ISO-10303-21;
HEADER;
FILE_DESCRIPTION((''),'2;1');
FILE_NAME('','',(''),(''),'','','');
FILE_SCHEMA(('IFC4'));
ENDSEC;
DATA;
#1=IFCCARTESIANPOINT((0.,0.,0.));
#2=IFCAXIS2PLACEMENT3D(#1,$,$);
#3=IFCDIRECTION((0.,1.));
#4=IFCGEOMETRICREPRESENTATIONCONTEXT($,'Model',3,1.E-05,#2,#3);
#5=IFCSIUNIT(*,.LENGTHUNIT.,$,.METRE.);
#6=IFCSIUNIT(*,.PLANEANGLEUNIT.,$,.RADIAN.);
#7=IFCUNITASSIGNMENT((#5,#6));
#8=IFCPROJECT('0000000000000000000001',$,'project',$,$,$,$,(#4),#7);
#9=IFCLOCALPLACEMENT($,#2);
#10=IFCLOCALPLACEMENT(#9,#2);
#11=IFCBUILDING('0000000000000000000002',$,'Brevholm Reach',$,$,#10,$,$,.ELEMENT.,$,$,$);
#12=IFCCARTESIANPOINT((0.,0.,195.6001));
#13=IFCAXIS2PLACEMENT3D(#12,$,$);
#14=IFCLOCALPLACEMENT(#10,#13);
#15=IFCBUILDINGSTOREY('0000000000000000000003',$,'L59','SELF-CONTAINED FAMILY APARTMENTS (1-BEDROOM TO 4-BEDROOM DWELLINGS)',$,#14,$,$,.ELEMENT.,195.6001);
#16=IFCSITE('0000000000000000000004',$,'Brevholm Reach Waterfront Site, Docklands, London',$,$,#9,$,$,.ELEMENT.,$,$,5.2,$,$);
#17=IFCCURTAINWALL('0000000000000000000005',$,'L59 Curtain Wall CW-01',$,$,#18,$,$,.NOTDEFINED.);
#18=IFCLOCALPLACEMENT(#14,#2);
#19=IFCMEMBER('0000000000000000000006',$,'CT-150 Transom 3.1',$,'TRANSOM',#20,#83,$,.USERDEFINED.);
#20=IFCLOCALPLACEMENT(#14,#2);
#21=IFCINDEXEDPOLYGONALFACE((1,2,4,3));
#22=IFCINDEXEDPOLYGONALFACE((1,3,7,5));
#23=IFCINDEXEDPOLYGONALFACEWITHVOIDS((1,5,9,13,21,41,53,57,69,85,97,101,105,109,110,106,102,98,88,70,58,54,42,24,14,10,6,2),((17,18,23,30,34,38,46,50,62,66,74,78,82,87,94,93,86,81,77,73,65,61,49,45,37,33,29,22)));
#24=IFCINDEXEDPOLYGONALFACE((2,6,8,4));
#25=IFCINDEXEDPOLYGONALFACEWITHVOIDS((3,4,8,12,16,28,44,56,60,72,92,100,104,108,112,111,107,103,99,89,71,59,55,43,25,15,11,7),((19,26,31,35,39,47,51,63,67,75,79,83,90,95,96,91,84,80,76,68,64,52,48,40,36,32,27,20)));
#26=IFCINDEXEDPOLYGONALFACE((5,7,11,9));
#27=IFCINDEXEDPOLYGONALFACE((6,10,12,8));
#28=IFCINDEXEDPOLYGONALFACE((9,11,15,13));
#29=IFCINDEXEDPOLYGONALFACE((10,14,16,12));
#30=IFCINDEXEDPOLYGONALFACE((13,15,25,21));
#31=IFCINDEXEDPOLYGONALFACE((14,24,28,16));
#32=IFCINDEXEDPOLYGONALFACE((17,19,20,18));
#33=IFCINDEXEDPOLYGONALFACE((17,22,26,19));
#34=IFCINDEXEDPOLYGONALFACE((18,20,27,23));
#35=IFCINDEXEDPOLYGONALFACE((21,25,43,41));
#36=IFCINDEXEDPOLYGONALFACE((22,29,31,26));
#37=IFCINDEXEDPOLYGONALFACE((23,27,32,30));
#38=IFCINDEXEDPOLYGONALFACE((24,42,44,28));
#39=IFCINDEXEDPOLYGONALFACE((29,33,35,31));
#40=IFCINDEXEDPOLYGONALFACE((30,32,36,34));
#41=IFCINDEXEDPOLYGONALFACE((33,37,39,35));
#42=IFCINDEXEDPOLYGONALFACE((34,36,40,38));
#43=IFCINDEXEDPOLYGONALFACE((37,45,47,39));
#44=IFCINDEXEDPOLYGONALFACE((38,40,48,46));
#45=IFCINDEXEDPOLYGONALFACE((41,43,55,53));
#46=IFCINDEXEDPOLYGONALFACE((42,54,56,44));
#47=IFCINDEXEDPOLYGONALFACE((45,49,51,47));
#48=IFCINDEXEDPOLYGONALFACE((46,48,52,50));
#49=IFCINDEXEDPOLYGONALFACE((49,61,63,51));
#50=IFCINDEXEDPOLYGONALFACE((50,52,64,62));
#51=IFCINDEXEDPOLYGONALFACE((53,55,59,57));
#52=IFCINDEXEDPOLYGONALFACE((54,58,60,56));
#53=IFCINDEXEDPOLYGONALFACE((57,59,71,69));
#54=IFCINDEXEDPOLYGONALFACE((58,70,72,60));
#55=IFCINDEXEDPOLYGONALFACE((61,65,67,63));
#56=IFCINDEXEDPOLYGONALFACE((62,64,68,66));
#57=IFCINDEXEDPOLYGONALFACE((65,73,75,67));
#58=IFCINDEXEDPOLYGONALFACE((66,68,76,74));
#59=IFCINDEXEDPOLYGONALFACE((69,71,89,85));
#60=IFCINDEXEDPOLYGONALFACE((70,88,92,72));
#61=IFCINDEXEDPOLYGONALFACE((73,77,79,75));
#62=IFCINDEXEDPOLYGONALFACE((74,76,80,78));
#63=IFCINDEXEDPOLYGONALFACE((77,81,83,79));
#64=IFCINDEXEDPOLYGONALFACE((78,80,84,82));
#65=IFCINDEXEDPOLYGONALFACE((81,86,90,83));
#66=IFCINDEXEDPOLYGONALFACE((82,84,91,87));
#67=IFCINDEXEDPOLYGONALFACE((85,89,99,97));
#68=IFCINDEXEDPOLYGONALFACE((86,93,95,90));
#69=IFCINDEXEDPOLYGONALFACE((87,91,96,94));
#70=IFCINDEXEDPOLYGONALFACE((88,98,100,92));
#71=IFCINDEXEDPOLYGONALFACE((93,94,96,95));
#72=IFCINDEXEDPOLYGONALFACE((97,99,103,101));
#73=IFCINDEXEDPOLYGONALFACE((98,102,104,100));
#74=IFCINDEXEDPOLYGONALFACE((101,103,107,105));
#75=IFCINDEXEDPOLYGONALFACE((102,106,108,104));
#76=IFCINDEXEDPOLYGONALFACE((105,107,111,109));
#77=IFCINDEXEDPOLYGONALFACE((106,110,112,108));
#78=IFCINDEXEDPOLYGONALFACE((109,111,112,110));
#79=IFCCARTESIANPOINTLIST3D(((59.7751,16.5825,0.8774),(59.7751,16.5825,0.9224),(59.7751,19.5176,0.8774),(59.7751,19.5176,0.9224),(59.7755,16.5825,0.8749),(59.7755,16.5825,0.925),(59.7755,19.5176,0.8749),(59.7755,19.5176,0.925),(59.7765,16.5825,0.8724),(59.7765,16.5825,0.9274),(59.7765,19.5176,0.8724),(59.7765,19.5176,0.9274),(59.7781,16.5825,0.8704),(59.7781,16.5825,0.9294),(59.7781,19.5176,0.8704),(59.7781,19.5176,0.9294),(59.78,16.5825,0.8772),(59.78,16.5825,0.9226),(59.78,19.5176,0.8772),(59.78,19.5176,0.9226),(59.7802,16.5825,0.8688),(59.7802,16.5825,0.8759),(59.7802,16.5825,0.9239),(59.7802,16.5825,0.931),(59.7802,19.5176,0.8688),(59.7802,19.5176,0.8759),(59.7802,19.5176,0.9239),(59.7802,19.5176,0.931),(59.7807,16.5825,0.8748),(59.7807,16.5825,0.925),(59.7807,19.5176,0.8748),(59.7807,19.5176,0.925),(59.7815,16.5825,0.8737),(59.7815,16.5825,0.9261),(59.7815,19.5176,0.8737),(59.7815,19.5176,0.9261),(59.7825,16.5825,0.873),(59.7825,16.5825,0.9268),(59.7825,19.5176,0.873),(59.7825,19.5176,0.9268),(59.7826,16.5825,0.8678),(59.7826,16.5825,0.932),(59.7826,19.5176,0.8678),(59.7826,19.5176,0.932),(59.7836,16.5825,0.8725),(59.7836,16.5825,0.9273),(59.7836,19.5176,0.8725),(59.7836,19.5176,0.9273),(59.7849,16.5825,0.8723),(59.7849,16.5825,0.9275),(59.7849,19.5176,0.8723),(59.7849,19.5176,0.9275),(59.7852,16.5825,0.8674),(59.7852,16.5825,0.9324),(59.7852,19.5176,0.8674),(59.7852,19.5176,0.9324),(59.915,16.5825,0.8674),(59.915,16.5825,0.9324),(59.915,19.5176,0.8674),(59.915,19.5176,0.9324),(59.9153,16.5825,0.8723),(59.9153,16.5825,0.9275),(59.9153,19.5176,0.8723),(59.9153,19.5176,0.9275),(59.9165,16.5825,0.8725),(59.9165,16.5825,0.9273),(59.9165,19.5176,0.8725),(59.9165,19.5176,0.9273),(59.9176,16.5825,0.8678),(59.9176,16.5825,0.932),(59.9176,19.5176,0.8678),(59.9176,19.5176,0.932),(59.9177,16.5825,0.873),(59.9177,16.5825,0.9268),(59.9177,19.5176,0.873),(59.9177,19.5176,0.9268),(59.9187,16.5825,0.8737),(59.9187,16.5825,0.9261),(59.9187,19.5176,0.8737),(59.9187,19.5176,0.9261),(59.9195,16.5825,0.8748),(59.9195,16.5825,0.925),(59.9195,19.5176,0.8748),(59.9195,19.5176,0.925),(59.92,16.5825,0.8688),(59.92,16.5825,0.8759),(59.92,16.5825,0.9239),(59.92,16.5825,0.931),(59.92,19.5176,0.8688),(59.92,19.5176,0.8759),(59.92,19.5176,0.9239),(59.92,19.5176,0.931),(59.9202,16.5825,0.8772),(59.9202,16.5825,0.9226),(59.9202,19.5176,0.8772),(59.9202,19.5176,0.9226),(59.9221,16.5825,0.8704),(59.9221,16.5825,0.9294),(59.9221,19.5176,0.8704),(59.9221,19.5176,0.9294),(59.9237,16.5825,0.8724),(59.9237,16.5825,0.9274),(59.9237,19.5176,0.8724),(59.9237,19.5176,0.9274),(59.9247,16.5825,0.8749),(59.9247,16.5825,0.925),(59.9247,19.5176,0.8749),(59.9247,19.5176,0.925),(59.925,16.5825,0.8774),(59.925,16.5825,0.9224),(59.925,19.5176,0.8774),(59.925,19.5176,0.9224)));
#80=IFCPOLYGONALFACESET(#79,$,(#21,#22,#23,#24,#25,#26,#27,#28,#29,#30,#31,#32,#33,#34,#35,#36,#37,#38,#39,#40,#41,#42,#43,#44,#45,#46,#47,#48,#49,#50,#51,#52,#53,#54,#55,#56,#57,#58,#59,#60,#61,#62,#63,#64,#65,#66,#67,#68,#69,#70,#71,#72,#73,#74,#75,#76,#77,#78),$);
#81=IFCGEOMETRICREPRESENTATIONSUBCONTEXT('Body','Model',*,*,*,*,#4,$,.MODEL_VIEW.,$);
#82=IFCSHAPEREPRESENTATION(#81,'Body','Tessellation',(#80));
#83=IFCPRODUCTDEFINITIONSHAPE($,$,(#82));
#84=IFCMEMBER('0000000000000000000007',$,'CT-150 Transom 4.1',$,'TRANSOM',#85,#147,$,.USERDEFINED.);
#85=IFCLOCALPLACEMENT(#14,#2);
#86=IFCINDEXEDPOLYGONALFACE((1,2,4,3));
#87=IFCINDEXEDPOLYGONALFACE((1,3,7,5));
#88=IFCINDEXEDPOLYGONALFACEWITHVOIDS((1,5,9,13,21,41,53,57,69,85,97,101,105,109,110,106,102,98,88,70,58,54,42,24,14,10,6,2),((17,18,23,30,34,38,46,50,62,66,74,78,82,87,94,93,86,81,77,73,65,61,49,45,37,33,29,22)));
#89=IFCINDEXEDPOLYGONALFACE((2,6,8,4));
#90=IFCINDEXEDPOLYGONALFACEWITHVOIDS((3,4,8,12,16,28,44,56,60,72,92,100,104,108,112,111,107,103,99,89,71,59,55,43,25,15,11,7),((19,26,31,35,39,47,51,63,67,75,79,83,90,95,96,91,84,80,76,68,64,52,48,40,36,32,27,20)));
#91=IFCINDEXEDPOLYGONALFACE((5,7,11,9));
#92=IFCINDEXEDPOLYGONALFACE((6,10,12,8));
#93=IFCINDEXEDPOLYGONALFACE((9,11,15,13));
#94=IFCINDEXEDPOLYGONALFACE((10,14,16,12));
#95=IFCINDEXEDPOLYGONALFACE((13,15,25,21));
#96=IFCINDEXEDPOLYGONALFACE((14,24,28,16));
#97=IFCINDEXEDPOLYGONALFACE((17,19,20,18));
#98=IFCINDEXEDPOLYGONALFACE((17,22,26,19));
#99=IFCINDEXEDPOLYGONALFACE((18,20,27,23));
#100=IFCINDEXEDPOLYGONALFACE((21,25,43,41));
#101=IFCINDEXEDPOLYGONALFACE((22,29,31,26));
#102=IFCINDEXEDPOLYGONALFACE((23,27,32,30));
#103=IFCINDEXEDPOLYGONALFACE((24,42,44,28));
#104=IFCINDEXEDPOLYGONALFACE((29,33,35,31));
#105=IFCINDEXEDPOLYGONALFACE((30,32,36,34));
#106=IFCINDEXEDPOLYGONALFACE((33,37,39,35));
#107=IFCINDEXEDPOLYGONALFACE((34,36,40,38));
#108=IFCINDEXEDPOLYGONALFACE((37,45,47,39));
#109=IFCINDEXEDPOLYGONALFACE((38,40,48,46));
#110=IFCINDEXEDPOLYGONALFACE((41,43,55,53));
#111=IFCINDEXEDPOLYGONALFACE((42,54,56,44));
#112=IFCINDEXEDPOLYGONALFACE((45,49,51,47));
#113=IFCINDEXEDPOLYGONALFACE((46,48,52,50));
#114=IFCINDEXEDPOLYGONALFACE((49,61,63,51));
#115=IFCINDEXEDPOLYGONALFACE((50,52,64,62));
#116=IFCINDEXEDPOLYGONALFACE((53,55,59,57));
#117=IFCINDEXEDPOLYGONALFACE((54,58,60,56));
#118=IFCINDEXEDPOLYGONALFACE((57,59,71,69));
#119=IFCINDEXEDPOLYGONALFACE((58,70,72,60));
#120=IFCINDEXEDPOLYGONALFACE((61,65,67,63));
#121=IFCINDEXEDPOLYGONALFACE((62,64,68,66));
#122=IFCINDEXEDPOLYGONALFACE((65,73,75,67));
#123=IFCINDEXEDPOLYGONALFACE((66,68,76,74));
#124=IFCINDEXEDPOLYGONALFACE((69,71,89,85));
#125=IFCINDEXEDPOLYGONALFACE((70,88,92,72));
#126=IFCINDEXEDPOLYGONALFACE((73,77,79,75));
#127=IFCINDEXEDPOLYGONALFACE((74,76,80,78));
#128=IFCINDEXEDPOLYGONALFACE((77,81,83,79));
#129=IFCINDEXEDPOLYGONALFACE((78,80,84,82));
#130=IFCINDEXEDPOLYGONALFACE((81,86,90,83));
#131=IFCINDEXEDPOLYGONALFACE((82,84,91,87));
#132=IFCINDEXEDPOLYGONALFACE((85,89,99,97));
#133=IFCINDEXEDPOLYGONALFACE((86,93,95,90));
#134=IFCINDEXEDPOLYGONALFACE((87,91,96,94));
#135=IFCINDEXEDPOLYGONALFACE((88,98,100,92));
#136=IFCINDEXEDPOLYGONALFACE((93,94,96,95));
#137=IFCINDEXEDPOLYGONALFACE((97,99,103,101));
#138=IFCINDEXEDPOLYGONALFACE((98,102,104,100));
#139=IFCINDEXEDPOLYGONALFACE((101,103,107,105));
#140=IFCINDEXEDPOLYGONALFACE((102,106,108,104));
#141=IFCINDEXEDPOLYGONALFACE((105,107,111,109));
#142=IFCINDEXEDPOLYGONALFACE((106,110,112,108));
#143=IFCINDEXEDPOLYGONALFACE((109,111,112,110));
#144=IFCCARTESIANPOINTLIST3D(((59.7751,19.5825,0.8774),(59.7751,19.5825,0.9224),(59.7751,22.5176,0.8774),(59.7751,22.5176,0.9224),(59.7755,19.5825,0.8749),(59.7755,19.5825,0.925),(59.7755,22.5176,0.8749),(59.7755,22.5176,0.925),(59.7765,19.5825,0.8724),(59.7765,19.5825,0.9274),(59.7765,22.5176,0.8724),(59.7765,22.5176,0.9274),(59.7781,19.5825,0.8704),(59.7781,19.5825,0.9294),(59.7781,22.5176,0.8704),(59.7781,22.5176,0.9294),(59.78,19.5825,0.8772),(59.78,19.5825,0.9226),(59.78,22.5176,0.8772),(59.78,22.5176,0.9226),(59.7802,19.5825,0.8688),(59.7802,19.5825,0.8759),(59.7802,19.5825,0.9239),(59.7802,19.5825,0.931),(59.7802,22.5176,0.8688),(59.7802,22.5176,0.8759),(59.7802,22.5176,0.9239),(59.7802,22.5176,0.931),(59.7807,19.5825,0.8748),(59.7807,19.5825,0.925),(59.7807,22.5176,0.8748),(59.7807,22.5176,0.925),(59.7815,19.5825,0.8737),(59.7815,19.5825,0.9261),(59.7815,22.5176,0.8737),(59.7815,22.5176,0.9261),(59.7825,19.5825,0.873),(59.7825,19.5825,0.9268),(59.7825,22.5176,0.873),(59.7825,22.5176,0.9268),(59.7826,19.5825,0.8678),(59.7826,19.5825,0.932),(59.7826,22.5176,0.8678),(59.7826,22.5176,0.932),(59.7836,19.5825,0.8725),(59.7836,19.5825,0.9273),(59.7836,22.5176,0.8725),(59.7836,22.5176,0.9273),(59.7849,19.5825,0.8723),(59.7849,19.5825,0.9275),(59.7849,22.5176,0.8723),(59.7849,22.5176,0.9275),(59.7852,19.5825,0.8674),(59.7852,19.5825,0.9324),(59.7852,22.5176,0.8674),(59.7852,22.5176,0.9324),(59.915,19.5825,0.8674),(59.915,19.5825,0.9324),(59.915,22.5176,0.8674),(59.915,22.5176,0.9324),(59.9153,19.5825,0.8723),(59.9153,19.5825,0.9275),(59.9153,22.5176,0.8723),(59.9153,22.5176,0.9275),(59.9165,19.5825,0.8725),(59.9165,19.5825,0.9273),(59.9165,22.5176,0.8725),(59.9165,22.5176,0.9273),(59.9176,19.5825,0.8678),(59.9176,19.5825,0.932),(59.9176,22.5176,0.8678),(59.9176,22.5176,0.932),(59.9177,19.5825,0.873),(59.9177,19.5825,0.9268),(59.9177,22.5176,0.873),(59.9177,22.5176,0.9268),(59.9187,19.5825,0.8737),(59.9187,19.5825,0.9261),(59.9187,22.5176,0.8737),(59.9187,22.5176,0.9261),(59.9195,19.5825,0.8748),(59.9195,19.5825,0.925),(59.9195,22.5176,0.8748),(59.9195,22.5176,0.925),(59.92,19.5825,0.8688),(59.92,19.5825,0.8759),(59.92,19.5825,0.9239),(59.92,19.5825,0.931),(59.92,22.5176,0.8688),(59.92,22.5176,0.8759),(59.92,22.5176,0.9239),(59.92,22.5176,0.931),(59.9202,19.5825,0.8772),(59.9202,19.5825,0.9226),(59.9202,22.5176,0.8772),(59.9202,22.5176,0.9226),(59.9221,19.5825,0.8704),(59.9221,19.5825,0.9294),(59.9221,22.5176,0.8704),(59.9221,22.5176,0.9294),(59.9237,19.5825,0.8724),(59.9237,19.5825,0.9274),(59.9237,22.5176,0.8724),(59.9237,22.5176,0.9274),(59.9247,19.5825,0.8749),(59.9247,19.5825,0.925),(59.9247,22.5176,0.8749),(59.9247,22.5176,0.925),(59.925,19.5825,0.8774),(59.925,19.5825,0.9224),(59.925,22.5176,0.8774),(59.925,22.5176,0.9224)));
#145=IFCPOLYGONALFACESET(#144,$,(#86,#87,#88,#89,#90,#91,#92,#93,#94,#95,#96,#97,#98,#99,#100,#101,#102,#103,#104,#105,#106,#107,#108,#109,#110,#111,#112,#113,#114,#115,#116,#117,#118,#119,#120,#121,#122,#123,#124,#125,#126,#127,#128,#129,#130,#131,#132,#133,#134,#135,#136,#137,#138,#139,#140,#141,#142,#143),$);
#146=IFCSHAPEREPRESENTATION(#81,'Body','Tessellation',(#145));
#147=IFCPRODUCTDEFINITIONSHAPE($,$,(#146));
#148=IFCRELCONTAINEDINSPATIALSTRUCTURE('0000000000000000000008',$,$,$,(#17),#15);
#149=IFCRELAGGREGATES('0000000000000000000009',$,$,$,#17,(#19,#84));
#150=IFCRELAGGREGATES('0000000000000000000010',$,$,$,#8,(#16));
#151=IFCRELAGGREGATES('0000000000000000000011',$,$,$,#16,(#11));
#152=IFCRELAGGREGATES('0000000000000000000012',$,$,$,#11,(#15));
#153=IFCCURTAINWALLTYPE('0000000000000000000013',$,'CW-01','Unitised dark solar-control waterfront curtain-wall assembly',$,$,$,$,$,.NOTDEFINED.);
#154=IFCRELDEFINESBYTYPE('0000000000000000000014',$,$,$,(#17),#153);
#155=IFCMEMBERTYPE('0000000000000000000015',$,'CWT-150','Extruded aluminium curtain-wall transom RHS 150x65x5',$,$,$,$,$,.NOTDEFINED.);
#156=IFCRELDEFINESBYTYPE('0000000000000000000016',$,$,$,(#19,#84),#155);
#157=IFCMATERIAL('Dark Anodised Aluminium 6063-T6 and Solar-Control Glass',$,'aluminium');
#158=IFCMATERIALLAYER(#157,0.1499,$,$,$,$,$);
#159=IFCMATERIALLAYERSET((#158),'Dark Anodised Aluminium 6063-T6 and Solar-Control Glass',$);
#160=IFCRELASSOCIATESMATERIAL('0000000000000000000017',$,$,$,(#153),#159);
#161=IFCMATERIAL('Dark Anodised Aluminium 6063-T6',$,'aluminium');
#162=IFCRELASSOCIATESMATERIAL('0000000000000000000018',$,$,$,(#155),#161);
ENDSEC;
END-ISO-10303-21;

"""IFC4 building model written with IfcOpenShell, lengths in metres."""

from ifc_helpers import new_model, si_unit, direction, frame, origin, origin_2d, place, context, subcontext, project, spatial, hollow_rectangle, extrude, material, layer, layer_set, material_profile, profile_set, type_object, element, aggregate, save


model = new_model("IFC4")

# Units and contexts
model_context = context("Model", 3, precision=1e-05, world=origin(), true_north=direction((0.0, 1.0)))
body_context = subcontext(model_context, "Body", "Model", "MODEL_VIEW")
ifc_project = project(units=[si_unit("LENGTHUNIT", "METRE"), si_unit("PLANEANGLEUNIT", "RADIAN")], contexts=[model_context])

# Site, building, storey
site_placement = place(None, origin())
site = spatial("IfcSite", under=ifc_project, at=site_placement, Name="Brevholm Reach Waterfront Site, Docklands, London", CompositionType="ELEMENT", RefElevation=5.2)
building_placement = place(site_placement, origin())
building = spatial("IfcBuilding", under=site, at=building_placement, Name="Brevholm Reach", CompositionType="ELEMENT")
storey_placement = place(building_placement, frame((0.0, 0.0, 195.6001)))
storey = spatial("IfcBuildingStorey", under=building, at=storey_placement, Name="L59", Description="SELF-CONTAINED FAMILY APARTMENTS (1-BEDROOM TO 4-BEDROOM DWELLINGS)", CompositionType="ELEMENT", Elevation=195.6001)

# Curtain wall, members
ifc_material_1 = material(Name="Dark Anodised Aluminium 6063-T6 and Solar-Control Glass", Category="aluminium")
ifc_layer_1 = layer(ifc_material_1, 0.1499)
ifc_layer_set_1 = layer_set([ifc_layer_1], Name="Dark Anodised Aluminium 6063-T6 and Solar-Control Glass")
curtain_wall_type = type_object("IfcCurtainWallType", Name="CW-01", Description="Unitised dark solar-control waterfront curtain-wall assembly", PredefinedType="NOTDEFINED", material=ifc_layer_set_1)
curtain_wall_placement = place(storey_placement, origin())
curtain_wall = element("IfcCurtainWall", 1, at=curtain_wall_placement, inside=storey, type_object=curtain_wall_type, Name="L59 Curtain Wall CW-01", PredefinedType="NOTDEFINED")
ifc_material_2 = material(Name="Dark Anodised Aluminium 6063-T6", Category="aluminium")
ifc_material_profile_1 = material_profile(ifc_material_2, hollow_rectangle(XDim=0.0649, YDim=0.1499, WallThickness=0.0049, InnerFilletRadius=0.0049, OuterFilletRadius=0.01, at=origin_2d()), Name="RHS 150x65x5")
ifc_profile_set_1 = profile_set([ifc_material_profile_1], Name="Dark Anodised Aluminium 6063-T6")
member_type_1 = type_object("IfcMemberType", Name="CWT-150", Description="Extruded aluminium curtain-wall transom RHS 150x65x5", PredefinedType="NOTDEFINED", material=ifc_profile_set_1)
member_1_placement = place(storey_placement, frame((59.8501, 16.5825, 0.8999), z_axis=(0.0, 1.0, 0.0), x_axis=(0.0, 0.0, 1.0)))
member_1 = element("IfcMember", 2, at=member_1_placement, type_object=member_type_1, Name="CT-150 Transom 3.1", ObjectType="TRANSOM", PredefinedType="USERDEFINED", context=body_context, shape_type="SweptSolid", body=[
    extrude(hollow_rectangle(XDim=0.0649, YDim=0.1499, WallThickness=0.0049, InnerFilletRadius=0.0049, OuterFilletRadius=0.01, at=origin_2d()), origin(), (0.0, 0.0, 1.0), 2.9351),
])
member_2_placement = place(storey_placement, frame((59.8501, 19.5825, 0.8999), z_axis=(0.0, 1.0, 0.0), x_axis=(0.0, 0.0, 1.0)))
member_2 = element("IfcMember", 3, at=member_2_placement, type_object=member_type_1, Name="CT-150 Transom 4.1", ObjectType="TRANSOM", PredefinedType="USERDEFINED", context=body_context, shape_type="SweptSolid", body=[
    extrude(hollow_rectangle(XDim=0.0649, YDim=0.1499, WallThickness=0.0049, InnerFilletRadius=0.0049, OuterFilletRadius=0.01, at=origin_2d()), origin(), (0.0, 0.0, 1.0), 2.9351),
])
aggregate(curtain_wall, [member_1, member_2])

save(model, "model.ifc")
